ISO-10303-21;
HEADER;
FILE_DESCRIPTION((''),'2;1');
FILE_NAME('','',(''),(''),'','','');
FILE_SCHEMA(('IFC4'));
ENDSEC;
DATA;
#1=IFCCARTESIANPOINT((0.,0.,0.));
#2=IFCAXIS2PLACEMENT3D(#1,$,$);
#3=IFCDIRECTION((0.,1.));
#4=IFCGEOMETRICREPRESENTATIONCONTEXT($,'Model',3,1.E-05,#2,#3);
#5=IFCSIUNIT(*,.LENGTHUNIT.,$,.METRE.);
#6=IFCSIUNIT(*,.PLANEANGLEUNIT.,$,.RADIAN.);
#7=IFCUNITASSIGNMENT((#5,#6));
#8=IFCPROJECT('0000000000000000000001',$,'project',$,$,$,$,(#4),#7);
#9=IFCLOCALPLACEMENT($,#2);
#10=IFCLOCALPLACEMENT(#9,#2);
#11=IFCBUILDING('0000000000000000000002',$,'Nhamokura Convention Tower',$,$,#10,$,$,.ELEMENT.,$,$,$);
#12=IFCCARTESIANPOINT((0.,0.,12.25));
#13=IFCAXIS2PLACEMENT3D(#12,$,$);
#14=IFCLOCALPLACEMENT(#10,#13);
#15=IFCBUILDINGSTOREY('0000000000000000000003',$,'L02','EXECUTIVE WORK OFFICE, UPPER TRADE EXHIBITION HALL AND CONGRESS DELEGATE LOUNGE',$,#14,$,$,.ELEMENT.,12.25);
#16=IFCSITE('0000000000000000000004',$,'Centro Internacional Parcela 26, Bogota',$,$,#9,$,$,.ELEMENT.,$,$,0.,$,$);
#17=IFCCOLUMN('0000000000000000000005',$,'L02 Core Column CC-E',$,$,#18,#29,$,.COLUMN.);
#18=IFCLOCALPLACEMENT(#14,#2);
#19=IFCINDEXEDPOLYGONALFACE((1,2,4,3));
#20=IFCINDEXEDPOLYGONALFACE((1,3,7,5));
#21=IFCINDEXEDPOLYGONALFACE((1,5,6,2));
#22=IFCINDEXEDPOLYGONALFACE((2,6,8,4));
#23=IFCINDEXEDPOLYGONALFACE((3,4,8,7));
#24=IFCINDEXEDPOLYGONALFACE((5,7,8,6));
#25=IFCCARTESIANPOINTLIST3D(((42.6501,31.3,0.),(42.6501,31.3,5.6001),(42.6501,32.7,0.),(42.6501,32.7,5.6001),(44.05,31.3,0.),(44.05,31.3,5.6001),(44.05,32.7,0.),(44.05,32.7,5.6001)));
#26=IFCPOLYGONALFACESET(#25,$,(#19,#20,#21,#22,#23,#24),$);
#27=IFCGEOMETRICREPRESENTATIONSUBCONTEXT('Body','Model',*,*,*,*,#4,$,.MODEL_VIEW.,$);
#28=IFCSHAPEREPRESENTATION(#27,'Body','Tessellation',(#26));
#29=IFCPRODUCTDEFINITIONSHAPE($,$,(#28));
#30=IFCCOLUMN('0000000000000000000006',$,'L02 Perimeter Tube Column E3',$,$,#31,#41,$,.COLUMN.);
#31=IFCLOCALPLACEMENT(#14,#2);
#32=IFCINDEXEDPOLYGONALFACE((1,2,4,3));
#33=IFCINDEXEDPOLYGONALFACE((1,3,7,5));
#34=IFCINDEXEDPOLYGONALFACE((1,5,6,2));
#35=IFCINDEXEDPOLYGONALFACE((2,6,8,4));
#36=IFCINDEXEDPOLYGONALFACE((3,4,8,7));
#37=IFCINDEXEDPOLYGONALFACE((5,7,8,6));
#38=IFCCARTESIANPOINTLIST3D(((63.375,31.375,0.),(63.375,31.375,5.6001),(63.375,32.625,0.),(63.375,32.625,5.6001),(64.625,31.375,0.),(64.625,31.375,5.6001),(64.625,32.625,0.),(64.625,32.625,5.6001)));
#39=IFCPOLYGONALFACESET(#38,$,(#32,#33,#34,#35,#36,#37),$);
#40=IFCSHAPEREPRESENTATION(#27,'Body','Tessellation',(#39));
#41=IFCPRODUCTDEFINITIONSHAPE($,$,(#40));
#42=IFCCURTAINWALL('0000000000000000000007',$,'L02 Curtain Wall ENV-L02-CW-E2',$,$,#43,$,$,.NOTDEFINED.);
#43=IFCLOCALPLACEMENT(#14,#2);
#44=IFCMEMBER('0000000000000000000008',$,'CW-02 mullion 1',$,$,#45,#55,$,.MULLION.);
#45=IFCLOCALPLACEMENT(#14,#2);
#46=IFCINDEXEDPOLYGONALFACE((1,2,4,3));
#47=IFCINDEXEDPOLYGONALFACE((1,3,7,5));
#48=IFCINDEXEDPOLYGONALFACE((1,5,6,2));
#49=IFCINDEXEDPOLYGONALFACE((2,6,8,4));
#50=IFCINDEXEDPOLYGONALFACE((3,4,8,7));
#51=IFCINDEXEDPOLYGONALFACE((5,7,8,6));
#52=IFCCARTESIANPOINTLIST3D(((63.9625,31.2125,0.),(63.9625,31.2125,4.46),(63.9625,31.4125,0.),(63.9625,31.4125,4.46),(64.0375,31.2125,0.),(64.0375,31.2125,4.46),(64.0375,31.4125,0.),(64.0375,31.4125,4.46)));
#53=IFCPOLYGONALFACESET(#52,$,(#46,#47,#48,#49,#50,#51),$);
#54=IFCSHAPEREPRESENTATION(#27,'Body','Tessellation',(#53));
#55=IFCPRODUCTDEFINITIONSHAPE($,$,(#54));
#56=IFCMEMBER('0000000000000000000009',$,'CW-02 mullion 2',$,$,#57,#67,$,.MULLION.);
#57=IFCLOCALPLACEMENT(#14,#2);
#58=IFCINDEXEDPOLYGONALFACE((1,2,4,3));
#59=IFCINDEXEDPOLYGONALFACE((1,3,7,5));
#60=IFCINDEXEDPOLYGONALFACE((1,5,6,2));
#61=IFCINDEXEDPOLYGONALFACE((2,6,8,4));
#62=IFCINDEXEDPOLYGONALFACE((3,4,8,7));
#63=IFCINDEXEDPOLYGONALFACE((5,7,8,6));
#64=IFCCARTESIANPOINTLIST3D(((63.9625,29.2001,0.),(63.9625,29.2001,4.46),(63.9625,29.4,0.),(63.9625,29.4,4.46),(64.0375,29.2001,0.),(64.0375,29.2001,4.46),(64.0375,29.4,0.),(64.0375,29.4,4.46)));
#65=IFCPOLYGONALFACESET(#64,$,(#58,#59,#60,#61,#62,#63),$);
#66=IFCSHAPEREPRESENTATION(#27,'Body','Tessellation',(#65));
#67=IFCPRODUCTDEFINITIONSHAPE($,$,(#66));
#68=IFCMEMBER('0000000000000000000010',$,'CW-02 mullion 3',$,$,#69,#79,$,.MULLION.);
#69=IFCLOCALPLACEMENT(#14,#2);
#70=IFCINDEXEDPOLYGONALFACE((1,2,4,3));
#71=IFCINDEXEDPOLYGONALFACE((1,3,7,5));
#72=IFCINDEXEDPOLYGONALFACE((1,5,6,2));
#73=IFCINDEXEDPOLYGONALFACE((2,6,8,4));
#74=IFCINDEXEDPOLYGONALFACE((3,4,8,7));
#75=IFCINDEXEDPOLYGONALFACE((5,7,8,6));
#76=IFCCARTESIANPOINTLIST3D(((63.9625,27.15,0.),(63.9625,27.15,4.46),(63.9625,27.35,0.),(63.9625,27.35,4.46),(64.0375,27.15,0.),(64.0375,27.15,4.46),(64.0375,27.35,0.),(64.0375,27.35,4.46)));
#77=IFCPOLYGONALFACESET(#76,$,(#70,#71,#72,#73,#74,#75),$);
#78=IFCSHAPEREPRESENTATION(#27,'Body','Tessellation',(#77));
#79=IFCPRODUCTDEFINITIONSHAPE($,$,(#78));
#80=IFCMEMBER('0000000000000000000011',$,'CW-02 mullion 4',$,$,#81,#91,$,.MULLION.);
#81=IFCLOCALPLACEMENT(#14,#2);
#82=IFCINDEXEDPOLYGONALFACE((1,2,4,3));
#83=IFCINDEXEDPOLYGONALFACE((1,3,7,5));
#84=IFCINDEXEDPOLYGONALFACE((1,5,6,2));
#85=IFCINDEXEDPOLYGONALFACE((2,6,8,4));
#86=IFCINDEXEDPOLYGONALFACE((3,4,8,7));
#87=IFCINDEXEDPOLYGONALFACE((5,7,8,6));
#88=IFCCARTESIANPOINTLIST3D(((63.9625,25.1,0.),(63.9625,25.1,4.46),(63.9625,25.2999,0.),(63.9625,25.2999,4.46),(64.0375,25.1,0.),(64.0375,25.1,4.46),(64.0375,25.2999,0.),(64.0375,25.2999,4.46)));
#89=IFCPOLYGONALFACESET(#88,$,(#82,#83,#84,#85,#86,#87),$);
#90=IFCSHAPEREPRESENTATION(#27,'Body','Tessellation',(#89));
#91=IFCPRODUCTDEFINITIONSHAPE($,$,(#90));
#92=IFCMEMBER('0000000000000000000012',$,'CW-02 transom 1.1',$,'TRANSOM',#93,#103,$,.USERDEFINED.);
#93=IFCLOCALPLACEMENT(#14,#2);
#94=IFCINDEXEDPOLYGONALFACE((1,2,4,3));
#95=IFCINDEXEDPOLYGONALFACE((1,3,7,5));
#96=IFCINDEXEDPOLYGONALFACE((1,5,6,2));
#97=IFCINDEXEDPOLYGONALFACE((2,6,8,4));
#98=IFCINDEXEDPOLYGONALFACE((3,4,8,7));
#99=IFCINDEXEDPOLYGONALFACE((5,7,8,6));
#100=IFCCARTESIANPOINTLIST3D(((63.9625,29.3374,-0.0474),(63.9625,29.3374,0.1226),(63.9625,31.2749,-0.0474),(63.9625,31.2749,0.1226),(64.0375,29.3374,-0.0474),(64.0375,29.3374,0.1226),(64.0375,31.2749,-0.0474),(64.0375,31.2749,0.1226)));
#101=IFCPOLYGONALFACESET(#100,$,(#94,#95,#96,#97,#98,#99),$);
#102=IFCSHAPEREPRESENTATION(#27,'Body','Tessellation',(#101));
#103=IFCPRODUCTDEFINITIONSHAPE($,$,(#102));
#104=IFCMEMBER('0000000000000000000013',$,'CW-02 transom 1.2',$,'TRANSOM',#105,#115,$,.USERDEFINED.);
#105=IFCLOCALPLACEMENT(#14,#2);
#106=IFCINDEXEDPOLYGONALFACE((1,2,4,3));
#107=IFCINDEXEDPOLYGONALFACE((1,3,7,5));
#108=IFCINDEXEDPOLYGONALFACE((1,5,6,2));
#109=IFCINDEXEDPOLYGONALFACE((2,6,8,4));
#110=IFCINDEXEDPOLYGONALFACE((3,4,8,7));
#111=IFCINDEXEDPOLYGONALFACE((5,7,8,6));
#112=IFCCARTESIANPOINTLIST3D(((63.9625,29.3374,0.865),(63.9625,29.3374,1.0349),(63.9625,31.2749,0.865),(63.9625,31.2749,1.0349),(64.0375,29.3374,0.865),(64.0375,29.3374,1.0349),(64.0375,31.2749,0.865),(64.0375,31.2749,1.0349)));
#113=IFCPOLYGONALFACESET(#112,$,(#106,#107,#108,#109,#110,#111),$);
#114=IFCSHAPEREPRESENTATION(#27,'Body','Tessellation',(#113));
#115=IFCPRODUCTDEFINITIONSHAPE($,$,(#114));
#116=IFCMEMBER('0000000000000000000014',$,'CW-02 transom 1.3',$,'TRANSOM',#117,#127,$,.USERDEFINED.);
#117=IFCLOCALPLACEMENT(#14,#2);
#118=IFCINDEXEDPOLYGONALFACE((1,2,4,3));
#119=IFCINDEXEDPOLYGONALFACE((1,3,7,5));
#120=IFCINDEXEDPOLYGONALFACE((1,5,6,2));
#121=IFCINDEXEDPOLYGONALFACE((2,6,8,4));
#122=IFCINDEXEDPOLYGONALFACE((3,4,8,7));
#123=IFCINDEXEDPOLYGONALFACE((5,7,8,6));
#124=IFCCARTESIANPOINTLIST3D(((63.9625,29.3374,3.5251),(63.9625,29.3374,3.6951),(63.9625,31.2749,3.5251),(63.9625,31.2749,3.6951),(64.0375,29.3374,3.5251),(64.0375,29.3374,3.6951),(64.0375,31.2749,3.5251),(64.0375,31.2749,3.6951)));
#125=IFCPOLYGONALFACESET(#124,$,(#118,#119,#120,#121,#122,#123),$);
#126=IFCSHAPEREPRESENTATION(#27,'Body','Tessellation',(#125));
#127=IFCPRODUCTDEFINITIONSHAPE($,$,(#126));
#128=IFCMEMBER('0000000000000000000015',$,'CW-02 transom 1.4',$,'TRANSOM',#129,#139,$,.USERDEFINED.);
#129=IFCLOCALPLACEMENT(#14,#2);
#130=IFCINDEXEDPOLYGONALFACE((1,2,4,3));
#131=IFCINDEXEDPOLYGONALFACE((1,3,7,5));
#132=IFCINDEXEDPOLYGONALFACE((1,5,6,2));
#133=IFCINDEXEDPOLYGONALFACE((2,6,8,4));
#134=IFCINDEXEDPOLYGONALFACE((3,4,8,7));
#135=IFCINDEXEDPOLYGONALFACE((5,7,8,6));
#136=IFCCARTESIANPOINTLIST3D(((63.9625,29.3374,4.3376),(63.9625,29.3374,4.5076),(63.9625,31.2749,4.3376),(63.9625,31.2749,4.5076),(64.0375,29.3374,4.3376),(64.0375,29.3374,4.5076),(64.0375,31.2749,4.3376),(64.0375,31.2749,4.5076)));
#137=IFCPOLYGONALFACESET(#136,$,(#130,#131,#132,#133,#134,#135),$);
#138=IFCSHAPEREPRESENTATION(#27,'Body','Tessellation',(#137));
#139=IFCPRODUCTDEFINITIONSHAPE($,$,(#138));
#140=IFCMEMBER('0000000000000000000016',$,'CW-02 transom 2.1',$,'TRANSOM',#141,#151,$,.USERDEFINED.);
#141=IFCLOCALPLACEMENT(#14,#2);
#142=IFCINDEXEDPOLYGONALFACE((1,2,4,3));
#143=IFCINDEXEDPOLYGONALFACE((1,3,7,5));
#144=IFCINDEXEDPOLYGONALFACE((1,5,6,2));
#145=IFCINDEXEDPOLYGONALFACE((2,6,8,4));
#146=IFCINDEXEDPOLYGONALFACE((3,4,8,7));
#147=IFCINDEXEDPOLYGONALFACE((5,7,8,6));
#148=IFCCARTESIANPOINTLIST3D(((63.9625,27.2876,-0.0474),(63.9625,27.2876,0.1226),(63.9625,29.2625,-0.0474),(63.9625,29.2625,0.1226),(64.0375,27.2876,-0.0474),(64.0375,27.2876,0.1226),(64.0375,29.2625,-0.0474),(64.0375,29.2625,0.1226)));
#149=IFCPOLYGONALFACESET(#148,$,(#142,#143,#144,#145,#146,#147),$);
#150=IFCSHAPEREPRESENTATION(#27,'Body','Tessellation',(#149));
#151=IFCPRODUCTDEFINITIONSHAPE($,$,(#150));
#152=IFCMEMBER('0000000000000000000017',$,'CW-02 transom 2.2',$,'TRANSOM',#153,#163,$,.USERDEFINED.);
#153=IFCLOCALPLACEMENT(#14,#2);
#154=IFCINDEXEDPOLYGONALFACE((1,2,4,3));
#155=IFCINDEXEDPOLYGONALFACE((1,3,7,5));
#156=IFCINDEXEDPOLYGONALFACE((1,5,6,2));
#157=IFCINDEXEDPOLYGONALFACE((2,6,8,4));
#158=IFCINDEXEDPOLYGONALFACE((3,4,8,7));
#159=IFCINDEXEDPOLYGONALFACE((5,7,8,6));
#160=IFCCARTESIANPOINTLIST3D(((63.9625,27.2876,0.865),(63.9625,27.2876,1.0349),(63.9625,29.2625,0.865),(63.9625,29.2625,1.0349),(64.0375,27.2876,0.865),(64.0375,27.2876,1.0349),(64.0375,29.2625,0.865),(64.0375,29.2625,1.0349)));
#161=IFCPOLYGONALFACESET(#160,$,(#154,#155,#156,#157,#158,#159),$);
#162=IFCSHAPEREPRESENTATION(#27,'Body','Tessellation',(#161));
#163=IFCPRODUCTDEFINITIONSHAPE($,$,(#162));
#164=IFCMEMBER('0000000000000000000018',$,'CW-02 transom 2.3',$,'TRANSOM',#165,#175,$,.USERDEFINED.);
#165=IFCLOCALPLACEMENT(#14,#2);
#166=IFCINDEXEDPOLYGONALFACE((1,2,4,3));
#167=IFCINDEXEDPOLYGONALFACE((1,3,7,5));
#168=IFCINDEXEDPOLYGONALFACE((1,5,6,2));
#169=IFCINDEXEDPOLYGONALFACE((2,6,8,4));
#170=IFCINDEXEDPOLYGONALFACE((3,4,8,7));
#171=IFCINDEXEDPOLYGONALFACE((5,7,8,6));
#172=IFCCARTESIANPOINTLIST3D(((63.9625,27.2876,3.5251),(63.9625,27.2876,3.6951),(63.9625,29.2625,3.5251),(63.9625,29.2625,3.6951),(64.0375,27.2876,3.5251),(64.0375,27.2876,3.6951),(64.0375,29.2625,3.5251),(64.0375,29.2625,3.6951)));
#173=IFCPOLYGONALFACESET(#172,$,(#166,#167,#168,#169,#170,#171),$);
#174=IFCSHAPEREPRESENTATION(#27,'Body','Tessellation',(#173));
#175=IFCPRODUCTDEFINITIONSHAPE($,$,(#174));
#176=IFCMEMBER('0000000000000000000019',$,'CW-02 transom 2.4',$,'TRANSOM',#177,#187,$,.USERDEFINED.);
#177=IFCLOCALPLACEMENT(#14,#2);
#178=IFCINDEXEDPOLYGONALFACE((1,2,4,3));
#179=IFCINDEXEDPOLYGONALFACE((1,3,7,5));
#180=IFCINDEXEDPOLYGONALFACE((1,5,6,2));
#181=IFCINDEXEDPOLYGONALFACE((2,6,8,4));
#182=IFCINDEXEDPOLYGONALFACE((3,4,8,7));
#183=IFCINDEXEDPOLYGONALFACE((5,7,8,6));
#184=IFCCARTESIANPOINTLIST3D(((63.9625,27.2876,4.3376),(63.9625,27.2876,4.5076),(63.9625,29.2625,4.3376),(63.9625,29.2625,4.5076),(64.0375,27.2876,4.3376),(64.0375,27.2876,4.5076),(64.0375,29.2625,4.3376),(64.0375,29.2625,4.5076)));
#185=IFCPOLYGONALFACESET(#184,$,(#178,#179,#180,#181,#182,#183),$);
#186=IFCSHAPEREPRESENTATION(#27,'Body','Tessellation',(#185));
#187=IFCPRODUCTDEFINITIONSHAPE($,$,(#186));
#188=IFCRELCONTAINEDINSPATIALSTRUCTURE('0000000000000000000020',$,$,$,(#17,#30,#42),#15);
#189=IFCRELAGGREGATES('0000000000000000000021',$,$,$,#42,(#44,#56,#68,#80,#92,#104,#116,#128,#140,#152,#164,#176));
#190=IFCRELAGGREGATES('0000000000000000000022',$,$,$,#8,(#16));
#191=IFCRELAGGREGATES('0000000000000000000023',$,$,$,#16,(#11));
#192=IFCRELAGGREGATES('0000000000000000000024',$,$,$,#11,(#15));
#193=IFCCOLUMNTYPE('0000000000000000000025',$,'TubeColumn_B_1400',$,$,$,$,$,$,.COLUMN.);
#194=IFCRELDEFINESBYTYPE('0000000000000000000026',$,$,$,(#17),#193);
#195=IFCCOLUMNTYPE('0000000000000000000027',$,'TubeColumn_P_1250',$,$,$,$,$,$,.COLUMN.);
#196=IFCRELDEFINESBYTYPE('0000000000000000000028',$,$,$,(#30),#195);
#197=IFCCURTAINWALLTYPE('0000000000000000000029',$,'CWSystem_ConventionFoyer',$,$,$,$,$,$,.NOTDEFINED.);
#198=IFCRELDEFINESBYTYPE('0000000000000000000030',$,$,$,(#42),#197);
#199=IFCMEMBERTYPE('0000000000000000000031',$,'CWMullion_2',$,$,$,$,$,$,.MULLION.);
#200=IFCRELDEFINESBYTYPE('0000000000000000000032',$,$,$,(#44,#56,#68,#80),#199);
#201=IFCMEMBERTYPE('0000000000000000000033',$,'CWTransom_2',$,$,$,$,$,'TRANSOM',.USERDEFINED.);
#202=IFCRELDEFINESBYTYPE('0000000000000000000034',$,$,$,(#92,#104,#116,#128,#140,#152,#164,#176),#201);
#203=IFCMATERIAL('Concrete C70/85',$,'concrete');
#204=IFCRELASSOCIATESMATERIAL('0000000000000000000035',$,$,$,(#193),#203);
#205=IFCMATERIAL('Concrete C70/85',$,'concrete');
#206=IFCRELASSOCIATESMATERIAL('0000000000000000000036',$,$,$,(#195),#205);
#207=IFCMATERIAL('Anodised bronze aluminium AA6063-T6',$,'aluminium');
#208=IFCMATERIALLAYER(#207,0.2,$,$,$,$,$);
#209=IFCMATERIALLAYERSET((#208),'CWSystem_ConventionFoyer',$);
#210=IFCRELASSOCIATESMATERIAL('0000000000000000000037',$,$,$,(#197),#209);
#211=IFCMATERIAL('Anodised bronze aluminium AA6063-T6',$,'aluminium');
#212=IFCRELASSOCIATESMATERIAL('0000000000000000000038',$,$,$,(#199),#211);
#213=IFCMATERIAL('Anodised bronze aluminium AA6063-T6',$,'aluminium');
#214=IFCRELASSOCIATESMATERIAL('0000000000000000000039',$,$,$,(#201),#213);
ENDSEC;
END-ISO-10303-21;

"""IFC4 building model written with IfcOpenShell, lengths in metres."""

from ifc_helpers import new_model, si_unit, direction, frame, origin, origin_2d, place, context, subcontext, project, spatial, rectangle, extrude, material, layer, layer_set, material_profile, profile_set, type_object, element, aggregate, save


model = new_model("IFC4")

# Units and contexts
model_context = context("Model", 3, precision=1e-05, world=origin(), true_north=direction((0.0, 1.0)))
body_context = subcontext(model_context, "Body", "Model", "MODEL_VIEW")
ifc_project = project(units=[si_unit("LENGTHUNIT", "METRE"), si_unit("PLANEANGLEUNIT", "RADIAN")], contexts=[model_context])

# Site, building, storey
site_placement = place(None, origin())
site = spatial("IfcSite", under=ifc_project, at=site_placement, Name="Centro Internacional Parcela 26, Bogota", CompositionType="ELEMENT", RefElevation=0.0)
building_placement = place(site_placement, origin())
building = spatial("IfcBuilding", under=site, at=building_placement, Name="Nhamokura Convention Tower", CompositionType="ELEMENT")
storey_placement = place(building_placement, frame((0.0, 0.0, 12.25)))
storey = spatial("IfcBuildingStorey", under=building, at=storey_placement, Name="L02", Description="EXECUTIVE WORK OFFICE, UPPER TRADE EXHIBITION HALL AND CONGRESS DELEGATE LOUNGE", CompositionType="ELEMENT", Elevation=12.25)

# Columns
ifc_material_1 = material(Name="Concrete C70/85", Category="concrete")
ifc_material_profile_1 = material_profile(ifc_material_1, rectangle(XDim=1.3999, YDim=1.3999, at=origin_2d()))
ifc_profile_set_1 = profile_set([ifc_material_profile_1], Name="Concrete C70/85")
column_type_1 = type_object("IfcColumnType", Name="TubeColumn_B_1400", PredefinedType="COLUMN", material=ifc_profile_set_1)
column_1_placement = place(storey_placement, frame((43.3501, 32.0, 0.0), z_axis=(0.0, 0.0, 1.0), x_axis=(1.0, 0.0, 0.0)))
element("IfcColumn", 1, at=column_1_placement, inside=storey, type_object=column_type_1, Name="L02 Core Column CC-E", PredefinedType="COLUMN", context=body_context, shape_type="SweptSolid", body=[
    extrude(rectangle(XDim=1.3999, YDim=1.3999, at=origin_2d()), origin(), (0.0, 0.0, 1.0), 5.6001),
])
ifc_material_2 = material(Name="Concrete C70/85", Category="concrete")
ifc_material_profile_2 = material_profile(ifc_material_2, rectangle(XDim=1.25, YDim=1.25, at=origin_2d()))
ifc_profile_set_2 = profile_set([ifc_material_profile_2], Name="Concrete C70/85")
column_type_2 = type_object("IfcColumnType", Name="TubeColumn_P_1250", PredefinedType="COLUMN", material=ifc_profile_set_2)
column_2_placement = place(storey_placement, frame((64.0, 32.0, 0.0), z_axis=(0.0, 0.0, 1.0), x_axis=(1.0, 0.0, 0.0)))
element("IfcColumn", 2, at=column_2_placement, inside=storey, type_object=column_type_2, Name="L02 Perimeter Tube Column E3", PredefinedType="COLUMN", context=body_context, shape_type="SweptSolid", body=[
    extrude(rectangle(XDim=1.25, YDim=1.25, at=origin_2d()), origin(), (0.0, 0.0, 1.0), 5.6001),
])

# Curtain wall, members
ifc_material_3 = material(Name="Anodised bronze aluminium AA6063-T6", Category="aluminium")
ifc_layer_1 = layer(ifc_material_3, 0.2)
ifc_layer_set_1 = layer_set([ifc_layer_1], Name="CWSystem_ConventionFoyer")
curtain_wall_type = type_object("IfcCurtainWallType", Name="CWSystem_ConventionFoyer", PredefinedType="NOTDEFINED", material=ifc_layer_set_1)
curtain_wall_placement = place(storey_placement, origin())
curtain_wall = element("IfcCurtainWall", 3, at=curtain_wall_placement, inside=storey, type_object=curtain_wall_type, Name="L02 Curtain Wall ENV-L02-CW-E2", PredefinedType="NOTDEFINED")
ifc_material_4 = material(Name="Anodised bronze aluminium AA6063-T6", Category="aluminium")
ifc_material_profile_3 = material_profile(ifc_material_4, rectangle(XDim=0.075, YDim=0.2, at=origin_2d()))
ifc_profile_set_3 = profile_set([ifc_material_profile_3], Name="Anodised bronze aluminium AA6063-T6")
member_type_1 = type_object("IfcMemberType", Name="CWMullion_2", PredefinedType="MULLION", material=ifc_profile_set_3)
member_1_placement = place(storey_placement, frame((64.0, 31.3125, 0.0), z_axis=(0.0, 0.0, 1.0), x_axis=(1.0, 0.0, 0.0)))
member_1 = element("IfcMember", 4, at=member_1_placement, type_object=member_type_1, Name="CW-02 mullion 1", PredefinedType="MULLION", context=body_context, shape_type="SweptSolid", body=[
    extrude(rectangle(XDim=0.075, YDim=0.2, at=origin_2d()), origin(), (0.0, 0.0, 1.0), 4.46),
])
member_2_placement = place(storey_placement, frame((64.0, 29.3, 0.0), z_axis=(0.0, 0.0, 1.0), x_axis=(1.0, 0.0, 0.0)))
member_2 = element("IfcMember", 5, at=member_2_placement, type_object=member_type_1, Name="CW-02 mullion 2", PredefinedType="MULLION", context=body_context, shape_type="SweptSolid", body=[
    extrude(rectangle(XDim=0.075, YDim=0.2, at=origin_2d()), origin(), (0.0, 0.0, 1.0), 4.46),
])
member_3_placement = place(storey_placement, frame((64.0, 27.25, 0.0), z_axis=(0.0, 0.0, 1.0), x_axis=(1.0, 0.0, 0.0)))
member_3 = element("IfcMember", 6, at=member_3_placement, type_object=member_type_1, Name="CW-02 mullion 3", PredefinedType="MULLION", context=body_context, shape_type="SweptSolid", body=[
    extrude(rectangle(XDim=0.075, YDim=0.2, at=origin_2d()), origin(), (0.0, 0.0, 1.0), 4.46),
])
member_4_placement = place(storey_placement, frame((64.0, 25.2, 0.0), z_axis=(0.0, 0.0, 1.0), x_axis=(1.0, 0.0, 0.0)))
member_4 = element("IfcMember", 7, at=member_4_placement, type_object=member_type_1, Name="CW-02 mullion 4", PredefinedType="MULLION", context=body_context, shape_type="SweptSolid", body=[
    extrude(rectangle(XDim=0.075, YDim=0.2, at=origin_2d()), origin(), (0.0, 0.0, 1.0), 4.46),
])
ifc_material_5 = material(Name="Anodised bronze aluminium AA6063-T6", Category="aluminium")
ifc_material_profile_4 = material_profile(ifc_material_5, rectangle(XDim=0.075, YDim=0.1699, at=origin_2d()))
ifc_profile_set_4 = profile_set([ifc_material_profile_4], Name="Anodised bronze aluminium AA6063-T6")
member_type_2 = type_object("IfcMemberType", Name="CWTransom_2", ElementType="TRANSOM", PredefinedType="USERDEFINED", material=ifc_profile_set_4)
member_5_placement = place(storey_placement, frame((64.0, 31.2749, 0.0376), z_axis=(0.0, -1.0, 0.0), x_axis=(1.0, 0.0, 0.0)))
member_5 = element("IfcMember", 8, at=member_5_placement, type_object=member_type_2, Name="CW-02 transom 1.1", ObjectType="TRANSOM", PredefinedType="USERDEFINED", context=body_context, shape_type="SweptSolid", body=[
    extrude(rectangle(XDim=0.075, YDim=0.1699, at=origin_2d()), origin(), (0.0, 0.0, 1.0), 1.9375),
])
member_6_placement = place(storey_placement, frame((64.0, 31.2749, 0.95), z_axis=(0.0, -1.0, 0.0), x_axis=(1.0, 0.0, 0.0)))
member_6 = element("IfcMember", 9, at=member_6_placement, type_object=member_type_2, Name="CW-02 transom 1.2", ObjectType="TRANSOM", PredefinedType="USERDEFINED", context=body_context, shape_type="SweptSolid", body=[
    extrude(rectangle(XDim=0.075, YDim=0.1699, at=origin_2d()), origin(), (0.0, 0.0, 1.0), 1.9375),
])
member_7_placement = place(storey_placement, frame((64.0, 31.2749, 3.6101), z_axis=(0.0, -1.0, 0.0), x_axis=(1.0, 0.0, 0.0)))
member_7 = element("IfcMember", 10, at=member_7_placement, type_object=member_type_2, Name="CW-02 transom 1.3", ObjectType="TRANSOM", PredefinedType="USERDEFINED", context=body_context, shape_type="SweptSolid", body=[
    extrude(rectangle(XDim=0.075, YDim=0.1699, at=origin_2d()), origin(), (0.0, 0.0, 1.0), 1.9375),
])
member_8_placement = place(storey_placement, frame((64.0, 31.2749, 4.4226), z_axis=(0.0, -1.0, 0.0), x_axis=(1.0, 0.0, 0.0)))
member_8 = element("IfcMember", 11, at=member_8_placement, type_object=member_type_2, Name="CW-02 transom 1.4", ObjectType="TRANSOM", PredefinedType="USERDEFINED", context=body_context, shape_type="SweptSolid", body=[
    extrude(rectangle(XDim=0.075, YDim=0.1699, at=origin_2d()), origin(), (0.0, 0.0, 1.0), 1.9375),
])
member_9_placement = place(storey_placement, frame((64.0, 29.2625, 0.0376), z_axis=(0.0, -1.0, 0.0), x_axis=(1.0, 0.0, 0.0)))
member_9 = element("IfcMember", 12, at=member_9_placement, type_object=member_type_2, Name="CW-02 transom 2.1", ObjectType="TRANSOM", PredefinedType="USERDEFINED", context=body_context, shape_type="SweptSolid", body=[
    extrude(rectangle(XDim=0.075, YDim=0.1699, at=origin_2d()), origin(), (0.0, 0.0, 1.0), 1.9749),
])
member_10_placement = place(storey_placement, frame((64.0, 29.2625, 0.95), z_axis=(0.0, -1.0, 0.0), x_axis=(1.0, 0.0, 0.0)))
member_10 = element("IfcMember", 13, at=member_10_placement, type_object=member_type_2, Name="CW-02 transom 2.2", ObjectType="TRANSOM", PredefinedType="USERDEFINED", context=body_context, shape_type="SweptSolid", body=[
    extrude(rectangle(XDim=0.075, YDim=0.1699, at=origin_2d()), origin(), (0.0, 0.0, 1.0), 1.9749),
])
member_11_placement = place(storey_placement, frame((64.0, 29.2625, 3.6101), z_axis=(0.0, -1.0, 0.0), x_axis=(1.0, 0.0, 0.0)))
member_11 = element("IfcMember", 14, at=member_11_placement, type_object=member_type_2, Name="CW-02 transom 2.3", ObjectType="TRANSOM", PredefinedType="USERDEFINED", context=body_context, shape_type="SweptSolid", body=[
    extrude(rectangle(XDim=0.075, YDim=0.1699, at=origin_2d()), origin(), (0.0, 0.0, 1.0), 1.9749),
])
member_12_placement = place(storey_placement, frame((64.0, 29.2625, 4.4226), z_axis=(0.0, -1.0, 0.0), x_axis=(1.0, 0.0, 0.0)))
member_12 = element("IfcMember", 15, at=member_12_placement, type_object=member_type_2, Name="CW-02 transom 2.4", ObjectType="TRANSOM", PredefinedType="USERDEFINED", context=body_context, shape_type="SweptSolid", body=[
    extrude(rectangle(XDim=0.075, YDim=0.1699, at=origin_2d()), origin(), (0.0, 0.0, 1.0), 1.9749),
])

aggregate(curtain_wall, [member_1, member_2, member_3, member_4, member_5, member_6, member_7, member_8, member_9, member_10, member_11, member_12])

save(model, "model.ifc")
